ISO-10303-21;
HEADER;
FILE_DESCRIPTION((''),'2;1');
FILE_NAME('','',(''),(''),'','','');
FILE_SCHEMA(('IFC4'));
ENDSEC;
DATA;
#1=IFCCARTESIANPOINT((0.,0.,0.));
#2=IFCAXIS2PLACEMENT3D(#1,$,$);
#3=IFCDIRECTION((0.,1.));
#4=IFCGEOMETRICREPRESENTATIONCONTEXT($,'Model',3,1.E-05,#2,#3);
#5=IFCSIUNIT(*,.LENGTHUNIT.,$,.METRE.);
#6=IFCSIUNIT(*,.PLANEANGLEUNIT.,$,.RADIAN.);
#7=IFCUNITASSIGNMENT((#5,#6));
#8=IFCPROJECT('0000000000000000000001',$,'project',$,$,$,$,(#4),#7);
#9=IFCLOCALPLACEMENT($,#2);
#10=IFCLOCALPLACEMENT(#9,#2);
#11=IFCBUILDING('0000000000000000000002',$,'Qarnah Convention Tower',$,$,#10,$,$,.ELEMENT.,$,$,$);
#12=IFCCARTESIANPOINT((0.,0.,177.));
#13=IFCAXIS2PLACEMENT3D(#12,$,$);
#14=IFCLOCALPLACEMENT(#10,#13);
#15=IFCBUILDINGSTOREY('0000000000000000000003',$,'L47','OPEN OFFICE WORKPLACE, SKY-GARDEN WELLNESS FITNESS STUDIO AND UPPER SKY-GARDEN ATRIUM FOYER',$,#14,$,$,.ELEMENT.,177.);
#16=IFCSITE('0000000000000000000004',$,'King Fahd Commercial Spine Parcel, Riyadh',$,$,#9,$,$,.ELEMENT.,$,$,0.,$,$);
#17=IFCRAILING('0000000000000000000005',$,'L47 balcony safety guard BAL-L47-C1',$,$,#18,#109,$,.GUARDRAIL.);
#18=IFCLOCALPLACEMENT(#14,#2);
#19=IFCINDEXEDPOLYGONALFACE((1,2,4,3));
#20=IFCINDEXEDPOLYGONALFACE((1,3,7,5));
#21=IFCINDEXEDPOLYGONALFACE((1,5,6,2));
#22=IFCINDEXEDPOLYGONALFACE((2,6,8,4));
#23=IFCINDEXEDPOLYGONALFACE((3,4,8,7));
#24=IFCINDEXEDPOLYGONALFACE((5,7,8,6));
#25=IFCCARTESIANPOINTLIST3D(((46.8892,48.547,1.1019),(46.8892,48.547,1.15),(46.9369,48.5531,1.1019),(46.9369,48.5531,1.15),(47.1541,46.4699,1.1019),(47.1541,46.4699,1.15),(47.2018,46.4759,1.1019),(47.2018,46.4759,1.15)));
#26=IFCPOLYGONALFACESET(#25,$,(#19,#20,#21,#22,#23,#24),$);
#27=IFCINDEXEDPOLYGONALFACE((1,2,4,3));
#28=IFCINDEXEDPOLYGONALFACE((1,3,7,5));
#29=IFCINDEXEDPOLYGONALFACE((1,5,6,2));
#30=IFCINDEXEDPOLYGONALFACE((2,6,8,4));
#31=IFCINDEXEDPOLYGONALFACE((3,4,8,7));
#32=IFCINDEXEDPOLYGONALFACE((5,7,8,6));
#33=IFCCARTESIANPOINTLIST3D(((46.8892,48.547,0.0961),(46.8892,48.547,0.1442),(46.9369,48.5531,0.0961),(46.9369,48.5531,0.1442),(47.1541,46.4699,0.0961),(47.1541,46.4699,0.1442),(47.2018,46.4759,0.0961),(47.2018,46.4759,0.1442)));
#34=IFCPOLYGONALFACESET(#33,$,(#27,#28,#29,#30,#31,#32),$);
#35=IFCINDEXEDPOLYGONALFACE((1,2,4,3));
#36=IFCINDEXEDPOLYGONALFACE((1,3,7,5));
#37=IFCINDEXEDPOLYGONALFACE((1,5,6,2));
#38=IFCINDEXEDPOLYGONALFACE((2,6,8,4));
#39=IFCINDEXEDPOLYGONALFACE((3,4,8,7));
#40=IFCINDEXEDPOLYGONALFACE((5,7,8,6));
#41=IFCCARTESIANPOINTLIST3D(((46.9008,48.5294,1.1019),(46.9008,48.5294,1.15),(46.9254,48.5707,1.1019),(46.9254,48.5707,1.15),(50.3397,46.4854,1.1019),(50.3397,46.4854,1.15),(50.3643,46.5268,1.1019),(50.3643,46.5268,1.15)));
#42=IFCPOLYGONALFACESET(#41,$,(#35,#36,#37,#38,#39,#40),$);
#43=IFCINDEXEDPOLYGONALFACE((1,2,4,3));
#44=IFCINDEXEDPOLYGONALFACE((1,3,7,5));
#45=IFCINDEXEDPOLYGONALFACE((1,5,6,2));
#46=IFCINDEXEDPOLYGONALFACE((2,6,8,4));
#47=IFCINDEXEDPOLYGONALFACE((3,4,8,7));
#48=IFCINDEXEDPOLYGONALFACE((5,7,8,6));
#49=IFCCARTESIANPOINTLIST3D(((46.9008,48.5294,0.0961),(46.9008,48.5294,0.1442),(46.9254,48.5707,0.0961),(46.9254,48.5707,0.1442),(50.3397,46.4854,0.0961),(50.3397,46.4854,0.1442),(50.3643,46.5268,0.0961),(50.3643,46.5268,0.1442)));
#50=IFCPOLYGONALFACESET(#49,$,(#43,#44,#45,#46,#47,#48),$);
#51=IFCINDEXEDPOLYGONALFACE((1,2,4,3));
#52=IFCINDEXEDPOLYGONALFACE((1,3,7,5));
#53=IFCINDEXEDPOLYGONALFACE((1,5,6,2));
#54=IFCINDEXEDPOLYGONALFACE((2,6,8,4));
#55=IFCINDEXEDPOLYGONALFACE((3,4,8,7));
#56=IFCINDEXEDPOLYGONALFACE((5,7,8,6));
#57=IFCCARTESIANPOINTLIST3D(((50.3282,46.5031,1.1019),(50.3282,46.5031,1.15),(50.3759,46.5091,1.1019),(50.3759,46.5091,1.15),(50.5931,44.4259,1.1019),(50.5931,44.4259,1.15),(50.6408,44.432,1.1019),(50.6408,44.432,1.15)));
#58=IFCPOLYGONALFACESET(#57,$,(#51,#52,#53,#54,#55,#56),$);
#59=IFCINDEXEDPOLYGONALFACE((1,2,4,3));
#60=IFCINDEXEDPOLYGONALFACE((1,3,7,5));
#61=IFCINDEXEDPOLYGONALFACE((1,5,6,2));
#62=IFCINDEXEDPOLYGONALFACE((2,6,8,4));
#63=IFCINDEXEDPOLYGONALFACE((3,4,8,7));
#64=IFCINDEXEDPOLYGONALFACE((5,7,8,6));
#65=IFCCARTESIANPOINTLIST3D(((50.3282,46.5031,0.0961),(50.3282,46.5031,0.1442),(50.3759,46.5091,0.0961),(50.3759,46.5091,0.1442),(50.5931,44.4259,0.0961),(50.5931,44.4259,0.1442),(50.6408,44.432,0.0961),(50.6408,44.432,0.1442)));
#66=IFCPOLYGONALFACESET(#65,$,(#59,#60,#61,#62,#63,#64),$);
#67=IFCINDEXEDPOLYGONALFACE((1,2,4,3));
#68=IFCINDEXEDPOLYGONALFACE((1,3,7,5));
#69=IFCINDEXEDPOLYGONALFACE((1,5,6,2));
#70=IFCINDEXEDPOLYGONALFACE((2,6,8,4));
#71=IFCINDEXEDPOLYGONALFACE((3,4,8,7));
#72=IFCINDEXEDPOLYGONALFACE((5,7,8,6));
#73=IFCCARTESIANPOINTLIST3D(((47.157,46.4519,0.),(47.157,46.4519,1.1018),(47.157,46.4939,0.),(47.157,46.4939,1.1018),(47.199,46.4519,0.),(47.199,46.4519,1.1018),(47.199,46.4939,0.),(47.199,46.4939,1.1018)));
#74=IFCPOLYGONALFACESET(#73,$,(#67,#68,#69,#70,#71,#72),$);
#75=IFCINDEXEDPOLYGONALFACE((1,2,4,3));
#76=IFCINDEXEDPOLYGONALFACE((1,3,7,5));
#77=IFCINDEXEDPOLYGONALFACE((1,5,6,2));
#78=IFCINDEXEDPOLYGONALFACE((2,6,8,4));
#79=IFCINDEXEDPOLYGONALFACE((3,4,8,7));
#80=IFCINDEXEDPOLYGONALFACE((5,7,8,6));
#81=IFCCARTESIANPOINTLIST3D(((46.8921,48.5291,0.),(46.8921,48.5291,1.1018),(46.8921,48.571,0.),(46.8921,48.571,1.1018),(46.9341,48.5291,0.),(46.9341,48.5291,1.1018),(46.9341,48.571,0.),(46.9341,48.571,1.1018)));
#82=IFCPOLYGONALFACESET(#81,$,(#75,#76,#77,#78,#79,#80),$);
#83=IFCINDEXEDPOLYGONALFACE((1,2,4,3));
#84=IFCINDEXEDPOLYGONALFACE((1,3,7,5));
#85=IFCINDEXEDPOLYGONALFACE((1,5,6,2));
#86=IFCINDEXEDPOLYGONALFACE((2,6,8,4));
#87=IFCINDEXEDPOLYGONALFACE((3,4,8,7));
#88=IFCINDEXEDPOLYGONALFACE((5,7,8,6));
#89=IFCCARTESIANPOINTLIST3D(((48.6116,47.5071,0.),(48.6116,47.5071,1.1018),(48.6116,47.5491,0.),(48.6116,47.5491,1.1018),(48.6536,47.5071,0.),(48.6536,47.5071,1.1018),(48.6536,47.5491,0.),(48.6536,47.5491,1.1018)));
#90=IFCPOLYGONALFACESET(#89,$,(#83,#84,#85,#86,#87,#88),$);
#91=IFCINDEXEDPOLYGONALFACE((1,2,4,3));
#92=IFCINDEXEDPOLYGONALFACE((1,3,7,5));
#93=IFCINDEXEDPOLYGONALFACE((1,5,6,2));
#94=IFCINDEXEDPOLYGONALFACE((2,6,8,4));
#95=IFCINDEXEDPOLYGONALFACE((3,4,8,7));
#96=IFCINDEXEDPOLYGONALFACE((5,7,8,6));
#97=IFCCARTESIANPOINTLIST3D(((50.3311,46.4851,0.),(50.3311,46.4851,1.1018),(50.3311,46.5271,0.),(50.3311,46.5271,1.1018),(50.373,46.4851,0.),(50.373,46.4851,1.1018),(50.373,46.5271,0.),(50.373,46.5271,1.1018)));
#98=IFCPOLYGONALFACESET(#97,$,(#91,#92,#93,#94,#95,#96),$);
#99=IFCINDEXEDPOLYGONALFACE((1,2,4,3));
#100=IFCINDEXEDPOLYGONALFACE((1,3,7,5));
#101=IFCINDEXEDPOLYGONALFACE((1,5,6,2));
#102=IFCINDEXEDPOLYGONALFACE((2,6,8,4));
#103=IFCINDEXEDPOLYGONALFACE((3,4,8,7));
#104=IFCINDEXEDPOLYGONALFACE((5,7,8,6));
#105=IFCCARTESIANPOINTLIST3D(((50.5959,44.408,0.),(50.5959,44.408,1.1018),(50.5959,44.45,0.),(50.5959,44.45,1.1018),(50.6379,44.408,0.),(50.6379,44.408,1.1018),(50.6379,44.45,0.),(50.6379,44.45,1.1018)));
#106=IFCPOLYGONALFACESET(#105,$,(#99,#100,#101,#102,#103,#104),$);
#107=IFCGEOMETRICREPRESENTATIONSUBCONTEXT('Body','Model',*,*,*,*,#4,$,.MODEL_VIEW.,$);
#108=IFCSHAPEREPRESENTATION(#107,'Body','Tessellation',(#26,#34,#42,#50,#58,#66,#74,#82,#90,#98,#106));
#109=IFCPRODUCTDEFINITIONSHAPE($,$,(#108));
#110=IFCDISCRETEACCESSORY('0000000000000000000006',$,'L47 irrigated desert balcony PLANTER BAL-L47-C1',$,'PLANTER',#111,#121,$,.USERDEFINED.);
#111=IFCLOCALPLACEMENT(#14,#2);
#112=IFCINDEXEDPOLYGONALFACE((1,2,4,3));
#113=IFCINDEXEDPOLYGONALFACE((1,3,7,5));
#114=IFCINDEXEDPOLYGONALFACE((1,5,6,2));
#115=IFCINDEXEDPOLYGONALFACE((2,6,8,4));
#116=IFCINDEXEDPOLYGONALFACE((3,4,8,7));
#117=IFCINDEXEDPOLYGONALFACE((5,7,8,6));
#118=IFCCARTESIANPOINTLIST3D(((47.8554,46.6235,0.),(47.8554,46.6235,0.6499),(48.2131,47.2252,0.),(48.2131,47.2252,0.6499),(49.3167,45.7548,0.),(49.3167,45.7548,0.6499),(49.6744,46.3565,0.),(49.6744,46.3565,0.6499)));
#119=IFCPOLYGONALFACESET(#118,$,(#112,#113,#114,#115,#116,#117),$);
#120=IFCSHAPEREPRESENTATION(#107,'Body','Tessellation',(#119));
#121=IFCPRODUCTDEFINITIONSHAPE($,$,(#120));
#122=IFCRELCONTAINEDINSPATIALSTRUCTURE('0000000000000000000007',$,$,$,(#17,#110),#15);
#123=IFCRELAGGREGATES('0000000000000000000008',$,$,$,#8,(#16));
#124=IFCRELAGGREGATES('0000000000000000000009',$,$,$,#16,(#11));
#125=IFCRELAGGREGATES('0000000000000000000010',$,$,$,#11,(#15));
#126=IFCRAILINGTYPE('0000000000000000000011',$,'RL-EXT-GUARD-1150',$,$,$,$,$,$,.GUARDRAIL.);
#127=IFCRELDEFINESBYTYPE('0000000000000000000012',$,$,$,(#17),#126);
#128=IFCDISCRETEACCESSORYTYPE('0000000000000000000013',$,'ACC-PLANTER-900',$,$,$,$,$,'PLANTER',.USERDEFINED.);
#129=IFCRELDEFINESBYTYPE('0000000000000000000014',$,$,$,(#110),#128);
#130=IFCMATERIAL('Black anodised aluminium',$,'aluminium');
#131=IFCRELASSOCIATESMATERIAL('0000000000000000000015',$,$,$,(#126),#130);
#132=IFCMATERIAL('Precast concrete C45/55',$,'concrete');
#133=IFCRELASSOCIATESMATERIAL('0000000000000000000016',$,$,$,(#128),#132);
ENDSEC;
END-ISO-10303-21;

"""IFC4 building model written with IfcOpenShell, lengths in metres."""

from ifc_helpers import new_model, si_unit, direction, frame, origin, origin_2d, place, context, subcontext, project, spatial, rectangle, extrude, material, type_object, element, save


model = new_model("IFC4")

# Units and contexts
model_context = context("Model", 3, precision=1e-05, world=origin(), true_north=direction((0.0, 1.0)))
body_context = subcontext(model_context, "Body", "Model", "MODEL_VIEW")
ifc_project = project(units=[si_unit("LENGTHUNIT", "METRE"), si_unit("PLANEANGLEUNIT", "RADIAN")], contexts=[model_context])

# Site, building, storey
site_placement = place(None, origin())
site = spatial("IfcSite", under=ifc_project, at=site_placement, Name="King Fahd Commercial Spine Parcel, Riyadh", CompositionType="ELEMENT", RefElevation=0.0)
building_placement = place(site_placement, origin())
building = spatial("IfcBuilding", under=site, at=building_placement, Name="Qarnah Convention Tower", CompositionType="ELEMENT")
storey_placement = place(building_placement, frame((0.0, 0.0, 177.0)))
storey = spatial("IfcBuildingStorey", under=building, at=storey_placement, Name="L47", Description="OPEN OFFICE WORKPLACE, SKY-GARDEN WELLNESS FITNESS STUDIO AND UPPER SKY-GARDEN ATRIUM FOYER", CompositionType="ELEMENT", Elevation=177.0)

# Shared definitions
ifc_material_1 = material(Name="Black anodised aluminium", Category="aluminium")

# Shared definitions
ifc_material_2 = material(Name="Precast concrete C45/55", Category="concrete")

# Railing
railing_type = type_object("IfcRailingType", Name="RL-EXT-GUARD-1150", PredefinedType="GUARDRAIL", material=ifc_material_1)
railing_1_placement = place(storey_placement, frame((47.178, 46.4729, 0.0)))
element("IfcRailing", 1, at=railing_1_placement, inside=storey, type_object=railing_type, Name="L47 balcony safety guard BAL-L47-C1", PredefinedType="GUARDRAIL", context=body_context, shape_type="SweptSolid", body=[
    extrude(rectangle(XDim=0.0481, YDim=0.0481, at=origin_2d()), frame((0.0, 0.0, 1.126), z_axis=(-0.126503, 0.991966, 0.0), x_axis=(-0.991966, -0.126503, 0.0)), (0.0, 0.0, 1.0), 2.094),
    extrude(rectangle(XDim=0.0481, YDim=0.0481, at=origin_2d()), frame((0.0, 0.0, 0.1201), z_axis=(-0.126503, 0.991966, 0.0), x_axis=(-0.991966, -0.126503, 0.0)), (0.0, 0.0, 1.0), 2.094),
    extrude(rectangle(XDim=0.0481, YDim=0.0481, at=origin_2d()), frame((-0.2649, 2.0771, 1.126), z_axis=(0.859629, -0.510919, 0.0), x_axis=(0.510919, 0.859629, 0.0)), (0.0, 0.0, 1.0), 4.0005),
    extrude(rectangle(XDim=0.0481, YDim=0.0481, at=origin_2d()), frame((-0.2649, 2.0771, 0.1201), z_axis=(0.859629, -0.510919, 0.0), x_axis=(0.510919, 0.859629, 0.0)), (0.0, 0.0, 1.0), 4.0005),
    extrude(rectangle(XDim=0.0481, YDim=0.0481, at=origin_2d()), frame((3.1741, 0.0332, 1.126), z_axis=(0.126503, -0.991966, 0.0), x_axis=(0.991966, 0.126503, 0.0)), (0.0, 0.0, 1.0), 2.094),
    extrude(rectangle(XDim=0.0481, YDim=0.0481, at=origin_2d()), frame((3.1741, 0.0332, 0.1201), z_axis=(0.126503, -0.991966, 0.0), x_axis=(0.991966, 0.126503, 0.0)), (0.0, 0.0, 1.0), 2.094),
    extrude(rectangle(XDim=0.042, YDim=0.042, at=origin_2d()), origin(), (0.0, 0.0, 1.0), 1.1018),
    extrude(rectangle(XDim=0.042, YDim=0.042, at=origin_2d()), frame((-0.2649, 2.0771, 0.0)), (0.0, 0.0, 1.0), 1.1018),
    extrude(rectangle(XDim=0.042, YDim=0.042, at=origin_2d()), frame((1.4546, 1.0552, 0.0)), (0.0, 0.0, 1.0), 1.1018),
    extrude(rectangle(XDim=0.042, YDim=0.042, at=origin_2d()), frame((3.1741, 0.0332, 0.0)), (0.0, 0.0, 1.0), 1.1018),
    extrude(rectangle(XDim=0.042, YDim=0.042, at=origin_2d()), frame((3.439, -2.0439, 0.0)), (0.0, 0.0, 1.0), 1.1018),
])

# Discrete accessory
discrete_accessory_type = type_object("IfcDiscreteAccessoryType", Name="ACC-PLANTER-900", ElementType="PLANTER", PredefinedType="USERDEFINED", material=ifc_material_2)
discrete_accessory_placement = place(storey_placement, frame((48.7649, 46.49, 0.0), z_axis=(0.0, 0.0, 1.0), x_axis=(-0.859585, 0.510993, 0.0)))
element("IfcDiscreteAccessory", 2, at=discrete_accessory_placement, inside=storey, type_object=discrete_accessory_type, Name="L47 irrigated desert balcony PLANTER BAL-L47-C1", ObjectType="PLANTER", PredefinedType="USERDEFINED", context=body_context, shape_type="SweptSolid", body=[
    extrude(rectangle(XDim=1.7, YDim=0.7, at=origin_2d()), origin(), (0.0, 0.0, 1.0), 0.6499),
])

save(model, "model.ifc")
